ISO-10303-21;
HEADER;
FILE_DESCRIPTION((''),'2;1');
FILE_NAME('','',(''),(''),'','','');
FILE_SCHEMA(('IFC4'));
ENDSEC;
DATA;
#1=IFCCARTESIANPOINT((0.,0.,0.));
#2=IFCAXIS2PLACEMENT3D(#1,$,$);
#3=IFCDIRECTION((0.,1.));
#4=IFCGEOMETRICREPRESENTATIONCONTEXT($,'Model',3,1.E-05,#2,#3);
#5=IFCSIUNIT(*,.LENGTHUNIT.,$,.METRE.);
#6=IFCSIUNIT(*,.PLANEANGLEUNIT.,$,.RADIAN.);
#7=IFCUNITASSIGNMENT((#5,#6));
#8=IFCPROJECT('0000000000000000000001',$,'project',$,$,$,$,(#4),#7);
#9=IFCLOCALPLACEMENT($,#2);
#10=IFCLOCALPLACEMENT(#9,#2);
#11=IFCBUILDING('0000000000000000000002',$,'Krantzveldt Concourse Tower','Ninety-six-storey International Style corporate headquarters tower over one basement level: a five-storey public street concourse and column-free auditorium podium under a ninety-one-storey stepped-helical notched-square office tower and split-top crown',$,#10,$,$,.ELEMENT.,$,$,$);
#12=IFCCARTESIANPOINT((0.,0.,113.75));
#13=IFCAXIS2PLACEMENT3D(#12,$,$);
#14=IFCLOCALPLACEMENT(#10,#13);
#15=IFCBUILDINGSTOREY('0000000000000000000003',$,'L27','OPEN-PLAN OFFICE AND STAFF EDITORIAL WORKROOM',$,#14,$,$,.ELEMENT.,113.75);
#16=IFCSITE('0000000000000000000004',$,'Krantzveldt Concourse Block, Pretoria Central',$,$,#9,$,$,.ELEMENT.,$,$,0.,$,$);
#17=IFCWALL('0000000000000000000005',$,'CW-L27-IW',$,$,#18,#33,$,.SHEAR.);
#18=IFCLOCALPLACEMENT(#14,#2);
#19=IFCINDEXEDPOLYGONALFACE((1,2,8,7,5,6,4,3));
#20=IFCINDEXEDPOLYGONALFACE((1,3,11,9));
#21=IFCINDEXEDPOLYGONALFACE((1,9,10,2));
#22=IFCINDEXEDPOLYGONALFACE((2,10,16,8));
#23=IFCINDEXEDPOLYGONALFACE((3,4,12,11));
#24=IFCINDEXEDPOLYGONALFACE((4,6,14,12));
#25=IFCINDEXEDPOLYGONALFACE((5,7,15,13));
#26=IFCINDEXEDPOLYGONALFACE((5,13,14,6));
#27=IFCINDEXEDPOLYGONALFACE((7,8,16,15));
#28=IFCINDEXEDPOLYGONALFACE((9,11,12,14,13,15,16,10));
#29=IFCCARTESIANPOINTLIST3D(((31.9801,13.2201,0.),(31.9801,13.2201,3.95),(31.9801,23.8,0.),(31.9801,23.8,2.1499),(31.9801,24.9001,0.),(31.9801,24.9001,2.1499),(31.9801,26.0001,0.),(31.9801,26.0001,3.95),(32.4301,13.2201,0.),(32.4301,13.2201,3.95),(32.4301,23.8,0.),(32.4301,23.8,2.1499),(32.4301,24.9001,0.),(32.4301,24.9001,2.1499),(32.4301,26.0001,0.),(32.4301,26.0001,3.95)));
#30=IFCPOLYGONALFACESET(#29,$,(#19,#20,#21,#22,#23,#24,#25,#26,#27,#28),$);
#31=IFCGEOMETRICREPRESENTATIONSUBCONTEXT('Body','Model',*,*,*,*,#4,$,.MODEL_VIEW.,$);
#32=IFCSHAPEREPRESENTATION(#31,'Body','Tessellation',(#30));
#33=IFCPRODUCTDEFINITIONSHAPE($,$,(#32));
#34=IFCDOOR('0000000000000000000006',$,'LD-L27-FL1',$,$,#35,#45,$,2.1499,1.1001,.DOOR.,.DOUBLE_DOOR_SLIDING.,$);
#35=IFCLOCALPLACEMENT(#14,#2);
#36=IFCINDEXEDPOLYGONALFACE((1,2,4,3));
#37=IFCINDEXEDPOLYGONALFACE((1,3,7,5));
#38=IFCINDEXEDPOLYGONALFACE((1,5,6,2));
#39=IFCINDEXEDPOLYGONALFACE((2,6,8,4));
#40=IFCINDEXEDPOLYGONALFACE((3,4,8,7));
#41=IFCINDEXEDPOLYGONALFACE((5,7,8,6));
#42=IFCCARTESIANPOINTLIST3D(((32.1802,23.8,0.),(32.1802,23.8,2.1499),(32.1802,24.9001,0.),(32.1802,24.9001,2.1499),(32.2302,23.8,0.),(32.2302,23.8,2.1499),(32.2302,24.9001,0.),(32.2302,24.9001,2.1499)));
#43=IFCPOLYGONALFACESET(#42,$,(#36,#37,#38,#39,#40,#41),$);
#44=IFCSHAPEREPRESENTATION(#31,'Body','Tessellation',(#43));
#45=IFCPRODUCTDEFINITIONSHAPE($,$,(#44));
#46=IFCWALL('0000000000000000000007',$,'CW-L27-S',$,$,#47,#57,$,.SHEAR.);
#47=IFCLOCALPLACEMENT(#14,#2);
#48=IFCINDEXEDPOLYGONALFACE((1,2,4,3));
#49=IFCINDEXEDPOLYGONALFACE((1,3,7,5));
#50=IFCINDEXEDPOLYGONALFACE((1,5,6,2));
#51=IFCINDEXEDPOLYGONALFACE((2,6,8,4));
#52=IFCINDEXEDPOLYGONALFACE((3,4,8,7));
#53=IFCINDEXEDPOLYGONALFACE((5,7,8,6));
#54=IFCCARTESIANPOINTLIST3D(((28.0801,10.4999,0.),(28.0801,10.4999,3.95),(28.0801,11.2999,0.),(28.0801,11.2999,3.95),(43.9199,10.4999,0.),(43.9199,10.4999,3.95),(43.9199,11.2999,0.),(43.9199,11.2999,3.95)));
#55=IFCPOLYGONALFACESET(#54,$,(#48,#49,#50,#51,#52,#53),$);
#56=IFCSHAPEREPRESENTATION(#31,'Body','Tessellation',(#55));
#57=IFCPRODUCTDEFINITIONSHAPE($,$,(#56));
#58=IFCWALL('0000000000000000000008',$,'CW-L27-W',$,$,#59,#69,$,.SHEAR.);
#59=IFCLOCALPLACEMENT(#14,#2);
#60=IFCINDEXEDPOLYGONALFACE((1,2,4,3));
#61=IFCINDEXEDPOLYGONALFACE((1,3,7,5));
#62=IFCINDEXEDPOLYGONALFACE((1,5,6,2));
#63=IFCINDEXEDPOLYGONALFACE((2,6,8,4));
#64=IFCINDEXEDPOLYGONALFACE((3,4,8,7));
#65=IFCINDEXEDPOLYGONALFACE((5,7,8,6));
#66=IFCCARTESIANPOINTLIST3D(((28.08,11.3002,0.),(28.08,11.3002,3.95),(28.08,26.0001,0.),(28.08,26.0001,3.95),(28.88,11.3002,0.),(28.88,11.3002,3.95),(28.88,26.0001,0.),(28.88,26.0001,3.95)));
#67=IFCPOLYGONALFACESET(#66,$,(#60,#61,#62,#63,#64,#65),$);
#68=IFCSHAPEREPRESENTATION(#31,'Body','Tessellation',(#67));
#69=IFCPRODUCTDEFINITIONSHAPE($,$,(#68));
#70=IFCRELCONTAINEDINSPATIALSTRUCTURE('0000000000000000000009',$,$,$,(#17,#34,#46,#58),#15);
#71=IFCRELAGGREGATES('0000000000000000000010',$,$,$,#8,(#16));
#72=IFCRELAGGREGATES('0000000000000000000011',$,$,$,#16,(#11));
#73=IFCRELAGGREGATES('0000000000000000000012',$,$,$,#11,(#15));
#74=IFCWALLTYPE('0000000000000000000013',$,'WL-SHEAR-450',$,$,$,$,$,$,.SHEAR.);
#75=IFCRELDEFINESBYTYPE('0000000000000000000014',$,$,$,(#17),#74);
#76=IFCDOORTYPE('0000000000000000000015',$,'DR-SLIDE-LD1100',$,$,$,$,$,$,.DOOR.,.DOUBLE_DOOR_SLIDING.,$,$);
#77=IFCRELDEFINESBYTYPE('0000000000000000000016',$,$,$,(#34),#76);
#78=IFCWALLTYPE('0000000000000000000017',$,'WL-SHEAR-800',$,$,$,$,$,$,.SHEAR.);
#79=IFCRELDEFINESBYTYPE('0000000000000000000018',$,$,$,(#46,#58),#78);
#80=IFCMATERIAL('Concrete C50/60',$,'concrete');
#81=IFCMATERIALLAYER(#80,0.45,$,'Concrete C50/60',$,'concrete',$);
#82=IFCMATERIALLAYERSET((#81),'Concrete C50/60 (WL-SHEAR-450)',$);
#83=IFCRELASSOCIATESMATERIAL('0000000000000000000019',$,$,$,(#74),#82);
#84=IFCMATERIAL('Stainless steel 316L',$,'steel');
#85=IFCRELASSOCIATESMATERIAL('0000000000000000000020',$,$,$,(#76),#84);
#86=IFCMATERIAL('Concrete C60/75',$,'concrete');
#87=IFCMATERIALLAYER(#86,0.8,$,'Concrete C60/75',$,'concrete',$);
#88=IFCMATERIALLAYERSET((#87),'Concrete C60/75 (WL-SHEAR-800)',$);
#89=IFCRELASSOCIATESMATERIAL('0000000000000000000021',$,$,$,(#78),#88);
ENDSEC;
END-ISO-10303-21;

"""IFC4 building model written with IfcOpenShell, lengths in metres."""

from ifc_helpers import new_model, si_unit, direction, frame, frame_2d, origin, place, context, subcontext, project, spatial, rectangle, extrude, material, layer, layer_set, type_object, element, fill, save


model = new_model("IFC4")

# Units and contexts
model_context = context("Model", 3, precision=1e-05, world=origin(), true_north=direction((0.0, 1.0)))
body_context = subcontext(model_context, "Body", "Model", "MODEL_VIEW")
ifc_project = project(units=[si_unit("LENGTHUNIT", "METRE"), si_unit("PLANEANGLEUNIT", "RADIAN")], contexts=[model_context])

# Site, building, storey
site_placement = place(None, origin())
site = spatial("IfcSite", under=ifc_project, at=site_placement, Name="Krantzveldt Concourse Block, Pretoria Central", CompositionType="ELEMENT", RefElevation=0.0)
building_placement = place(site_placement, origin())
building = spatial("IfcBuilding", under=site, at=building_placement, Name="Krantzveldt Concourse Tower", Description="Ninety-six-storey International Style corporate headquarters tower over one basement level: a five-storey public street concourse and column-free auditorium podium under a ninety-one-storey stepped-helical notched-square office tower and split-top crown", CompositionType="ELEMENT")
storey_placement = place(building_placement, frame((0.0, 0.0, 113.75)))
storey = spatial("IfcBuildingStorey", under=building, at=storey_placement, Name="L27", Description="OPEN-PLAN OFFICE AND STAFF EDITORIAL WORKROOM", CompositionType="ELEMENT", Elevation=113.75)

# Shared definitions
ifc_material_1 = material(Name="Concrete C50/60", Category="concrete")

# Wall, opening, door
ifc_layer_1 = layer(ifc_material_1, 0.45, Name="Concrete C50/60", Category="concrete")
ifc_layer_set_1 = layer_set([ifc_layer_1], Name="Concrete C50/60 (WL-SHEAR-450)")
wall_type_1 = type_object("IfcWallType", Name="WL-SHEAR-450", PredefinedType="SHEAR", material=ifc_layer_set_1)
wall_1_placement = place(storey_placement, frame((32.2051, 13.22, 0.0), z_axis=(0.0, 0.0, 1.0), x_axis=(0.0, 1.0, 0.0)))
wall_1 = element("IfcWall", 1, at=wall_1_placement, inside=storey, type_object=wall_type_1, Name="CW-L27-IW", PredefinedType="SHEAR", context=body_context, shape_type="SweptSolid", body=[
    extrude(rectangle(XDim=12.78, YDim=0.45, at=frame_2d((6.3901, 0.0))), origin(), (0.0, 0.0, 1.0), 3.95),
])
opening_1_placement = place(wall_1_placement, frame((10.5801, 0.0, 0.0)))
opening_1 = element("IfcOpeningElement", 2, at=opening_1_placement, cuts=wall_1, PredefinedType="OPENING", context=body_context, shape_type="SweptSolid", body=[
    extrude(rectangle(XDim=1.1001, YDim=2.1499, at=frame_2d((0.55, 1.075))), frame((0.0, 0.2349, 0.0), z_axis=(0.0, -1.0, 0.0), x_axis=(1.0, 0.0, 0.0)), (0.0, 0.0, 1.0), 0.47),
])
ifc_material_2 = material(Name="Stainless steel 316L", Category="steel")
door_type_1 = type_object("IfcDoorType", Name="DR-SLIDE-LD1100", OperationType="DOUBLE_DOOR_SLIDING", PredefinedType="DOOR", material=ifc_material_2)
door_1_placement = place(opening_1_placement, origin())
door_1 = element("IfcDoor", 3, at=door_1_placement, inside=storey, type_object=door_type_1, Name="LD-L27-FL1", OperationType="DOUBLE_DOOR_SLIDING", OverallHeight=2.1499, OverallWidth=1.1001, PredefinedType="DOOR", context=body_context, shape_type="SweptSolid", body=[
    extrude(rectangle(XDim=1.1001, YDim=2.1499, at=frame_2d((0.55, 1.075))), frame((0.0, 0.0249, 0.0), z_axis=(0.0, -1.0, 0.0), x_axis=(1.0, 0.0, 0.0)), (0.0, 0.0, 1.0), 0.05),
])
fill(opening_1, door_1)

# Walls
ifc_material_3 = material(Name="Concrete C60/75", Category="concrete")
ifc_layer_2 = layer(ifc_material_3, 0.8, Name="Concrete C60/75", Category="concrete")
ifc_layer_set_2 = layer_set([ifc_layer_2], Name="Concrete C60/75 (WL-SHEAR-800)")
wall_type_2 = type_object("IfcWallType", Name="WL-SHEAR-800", PredefinedType="SHEAR", material=ifc_layer_set_2)
wall_2_placement = place(storey_placement, frame((28.0801, 10.8999, 0.0), z_axis=(0.0, 0.0, 1.0), x_axis=(1.0, 0.0, 0.0)))
element("IfcWall", 4, at=wall_2_placement, inside=storey, type_object=wall_type_2, Name="CW-L27-S", PredefinedType="SHEAR", context=body_context, shape_type="SweptSolid", body=[
    extrude(rectangle(XDim=15.8398, YDim=0.8, at=frame_2d((7.9199, 0.0))), origin(), (0.0, 0.0, 1.0), 3.95),
])
wall_3_placement = place(storey_placement, frame((28.48, 11.3, 0.0), z_axis=(0.0, 0.0, 1.0), x_axis=(0.0, 1.0, 0.0)))
element("IfcWall", 5, at=wall_3_placement, inside=storey, type_object=wall_type_2, Name="CW-L27-W", PredefinedType="SHEAR", context=body_context, shape_type="SweptSolid", body=[
    extrude(rectangle(XDim=14.7, YDim=0.8, at=frame_2d((7.3501, 0.0))), origin(), (0.0, 0.0, 1.0), 3.95),
])

save(model, "model.ifc")
